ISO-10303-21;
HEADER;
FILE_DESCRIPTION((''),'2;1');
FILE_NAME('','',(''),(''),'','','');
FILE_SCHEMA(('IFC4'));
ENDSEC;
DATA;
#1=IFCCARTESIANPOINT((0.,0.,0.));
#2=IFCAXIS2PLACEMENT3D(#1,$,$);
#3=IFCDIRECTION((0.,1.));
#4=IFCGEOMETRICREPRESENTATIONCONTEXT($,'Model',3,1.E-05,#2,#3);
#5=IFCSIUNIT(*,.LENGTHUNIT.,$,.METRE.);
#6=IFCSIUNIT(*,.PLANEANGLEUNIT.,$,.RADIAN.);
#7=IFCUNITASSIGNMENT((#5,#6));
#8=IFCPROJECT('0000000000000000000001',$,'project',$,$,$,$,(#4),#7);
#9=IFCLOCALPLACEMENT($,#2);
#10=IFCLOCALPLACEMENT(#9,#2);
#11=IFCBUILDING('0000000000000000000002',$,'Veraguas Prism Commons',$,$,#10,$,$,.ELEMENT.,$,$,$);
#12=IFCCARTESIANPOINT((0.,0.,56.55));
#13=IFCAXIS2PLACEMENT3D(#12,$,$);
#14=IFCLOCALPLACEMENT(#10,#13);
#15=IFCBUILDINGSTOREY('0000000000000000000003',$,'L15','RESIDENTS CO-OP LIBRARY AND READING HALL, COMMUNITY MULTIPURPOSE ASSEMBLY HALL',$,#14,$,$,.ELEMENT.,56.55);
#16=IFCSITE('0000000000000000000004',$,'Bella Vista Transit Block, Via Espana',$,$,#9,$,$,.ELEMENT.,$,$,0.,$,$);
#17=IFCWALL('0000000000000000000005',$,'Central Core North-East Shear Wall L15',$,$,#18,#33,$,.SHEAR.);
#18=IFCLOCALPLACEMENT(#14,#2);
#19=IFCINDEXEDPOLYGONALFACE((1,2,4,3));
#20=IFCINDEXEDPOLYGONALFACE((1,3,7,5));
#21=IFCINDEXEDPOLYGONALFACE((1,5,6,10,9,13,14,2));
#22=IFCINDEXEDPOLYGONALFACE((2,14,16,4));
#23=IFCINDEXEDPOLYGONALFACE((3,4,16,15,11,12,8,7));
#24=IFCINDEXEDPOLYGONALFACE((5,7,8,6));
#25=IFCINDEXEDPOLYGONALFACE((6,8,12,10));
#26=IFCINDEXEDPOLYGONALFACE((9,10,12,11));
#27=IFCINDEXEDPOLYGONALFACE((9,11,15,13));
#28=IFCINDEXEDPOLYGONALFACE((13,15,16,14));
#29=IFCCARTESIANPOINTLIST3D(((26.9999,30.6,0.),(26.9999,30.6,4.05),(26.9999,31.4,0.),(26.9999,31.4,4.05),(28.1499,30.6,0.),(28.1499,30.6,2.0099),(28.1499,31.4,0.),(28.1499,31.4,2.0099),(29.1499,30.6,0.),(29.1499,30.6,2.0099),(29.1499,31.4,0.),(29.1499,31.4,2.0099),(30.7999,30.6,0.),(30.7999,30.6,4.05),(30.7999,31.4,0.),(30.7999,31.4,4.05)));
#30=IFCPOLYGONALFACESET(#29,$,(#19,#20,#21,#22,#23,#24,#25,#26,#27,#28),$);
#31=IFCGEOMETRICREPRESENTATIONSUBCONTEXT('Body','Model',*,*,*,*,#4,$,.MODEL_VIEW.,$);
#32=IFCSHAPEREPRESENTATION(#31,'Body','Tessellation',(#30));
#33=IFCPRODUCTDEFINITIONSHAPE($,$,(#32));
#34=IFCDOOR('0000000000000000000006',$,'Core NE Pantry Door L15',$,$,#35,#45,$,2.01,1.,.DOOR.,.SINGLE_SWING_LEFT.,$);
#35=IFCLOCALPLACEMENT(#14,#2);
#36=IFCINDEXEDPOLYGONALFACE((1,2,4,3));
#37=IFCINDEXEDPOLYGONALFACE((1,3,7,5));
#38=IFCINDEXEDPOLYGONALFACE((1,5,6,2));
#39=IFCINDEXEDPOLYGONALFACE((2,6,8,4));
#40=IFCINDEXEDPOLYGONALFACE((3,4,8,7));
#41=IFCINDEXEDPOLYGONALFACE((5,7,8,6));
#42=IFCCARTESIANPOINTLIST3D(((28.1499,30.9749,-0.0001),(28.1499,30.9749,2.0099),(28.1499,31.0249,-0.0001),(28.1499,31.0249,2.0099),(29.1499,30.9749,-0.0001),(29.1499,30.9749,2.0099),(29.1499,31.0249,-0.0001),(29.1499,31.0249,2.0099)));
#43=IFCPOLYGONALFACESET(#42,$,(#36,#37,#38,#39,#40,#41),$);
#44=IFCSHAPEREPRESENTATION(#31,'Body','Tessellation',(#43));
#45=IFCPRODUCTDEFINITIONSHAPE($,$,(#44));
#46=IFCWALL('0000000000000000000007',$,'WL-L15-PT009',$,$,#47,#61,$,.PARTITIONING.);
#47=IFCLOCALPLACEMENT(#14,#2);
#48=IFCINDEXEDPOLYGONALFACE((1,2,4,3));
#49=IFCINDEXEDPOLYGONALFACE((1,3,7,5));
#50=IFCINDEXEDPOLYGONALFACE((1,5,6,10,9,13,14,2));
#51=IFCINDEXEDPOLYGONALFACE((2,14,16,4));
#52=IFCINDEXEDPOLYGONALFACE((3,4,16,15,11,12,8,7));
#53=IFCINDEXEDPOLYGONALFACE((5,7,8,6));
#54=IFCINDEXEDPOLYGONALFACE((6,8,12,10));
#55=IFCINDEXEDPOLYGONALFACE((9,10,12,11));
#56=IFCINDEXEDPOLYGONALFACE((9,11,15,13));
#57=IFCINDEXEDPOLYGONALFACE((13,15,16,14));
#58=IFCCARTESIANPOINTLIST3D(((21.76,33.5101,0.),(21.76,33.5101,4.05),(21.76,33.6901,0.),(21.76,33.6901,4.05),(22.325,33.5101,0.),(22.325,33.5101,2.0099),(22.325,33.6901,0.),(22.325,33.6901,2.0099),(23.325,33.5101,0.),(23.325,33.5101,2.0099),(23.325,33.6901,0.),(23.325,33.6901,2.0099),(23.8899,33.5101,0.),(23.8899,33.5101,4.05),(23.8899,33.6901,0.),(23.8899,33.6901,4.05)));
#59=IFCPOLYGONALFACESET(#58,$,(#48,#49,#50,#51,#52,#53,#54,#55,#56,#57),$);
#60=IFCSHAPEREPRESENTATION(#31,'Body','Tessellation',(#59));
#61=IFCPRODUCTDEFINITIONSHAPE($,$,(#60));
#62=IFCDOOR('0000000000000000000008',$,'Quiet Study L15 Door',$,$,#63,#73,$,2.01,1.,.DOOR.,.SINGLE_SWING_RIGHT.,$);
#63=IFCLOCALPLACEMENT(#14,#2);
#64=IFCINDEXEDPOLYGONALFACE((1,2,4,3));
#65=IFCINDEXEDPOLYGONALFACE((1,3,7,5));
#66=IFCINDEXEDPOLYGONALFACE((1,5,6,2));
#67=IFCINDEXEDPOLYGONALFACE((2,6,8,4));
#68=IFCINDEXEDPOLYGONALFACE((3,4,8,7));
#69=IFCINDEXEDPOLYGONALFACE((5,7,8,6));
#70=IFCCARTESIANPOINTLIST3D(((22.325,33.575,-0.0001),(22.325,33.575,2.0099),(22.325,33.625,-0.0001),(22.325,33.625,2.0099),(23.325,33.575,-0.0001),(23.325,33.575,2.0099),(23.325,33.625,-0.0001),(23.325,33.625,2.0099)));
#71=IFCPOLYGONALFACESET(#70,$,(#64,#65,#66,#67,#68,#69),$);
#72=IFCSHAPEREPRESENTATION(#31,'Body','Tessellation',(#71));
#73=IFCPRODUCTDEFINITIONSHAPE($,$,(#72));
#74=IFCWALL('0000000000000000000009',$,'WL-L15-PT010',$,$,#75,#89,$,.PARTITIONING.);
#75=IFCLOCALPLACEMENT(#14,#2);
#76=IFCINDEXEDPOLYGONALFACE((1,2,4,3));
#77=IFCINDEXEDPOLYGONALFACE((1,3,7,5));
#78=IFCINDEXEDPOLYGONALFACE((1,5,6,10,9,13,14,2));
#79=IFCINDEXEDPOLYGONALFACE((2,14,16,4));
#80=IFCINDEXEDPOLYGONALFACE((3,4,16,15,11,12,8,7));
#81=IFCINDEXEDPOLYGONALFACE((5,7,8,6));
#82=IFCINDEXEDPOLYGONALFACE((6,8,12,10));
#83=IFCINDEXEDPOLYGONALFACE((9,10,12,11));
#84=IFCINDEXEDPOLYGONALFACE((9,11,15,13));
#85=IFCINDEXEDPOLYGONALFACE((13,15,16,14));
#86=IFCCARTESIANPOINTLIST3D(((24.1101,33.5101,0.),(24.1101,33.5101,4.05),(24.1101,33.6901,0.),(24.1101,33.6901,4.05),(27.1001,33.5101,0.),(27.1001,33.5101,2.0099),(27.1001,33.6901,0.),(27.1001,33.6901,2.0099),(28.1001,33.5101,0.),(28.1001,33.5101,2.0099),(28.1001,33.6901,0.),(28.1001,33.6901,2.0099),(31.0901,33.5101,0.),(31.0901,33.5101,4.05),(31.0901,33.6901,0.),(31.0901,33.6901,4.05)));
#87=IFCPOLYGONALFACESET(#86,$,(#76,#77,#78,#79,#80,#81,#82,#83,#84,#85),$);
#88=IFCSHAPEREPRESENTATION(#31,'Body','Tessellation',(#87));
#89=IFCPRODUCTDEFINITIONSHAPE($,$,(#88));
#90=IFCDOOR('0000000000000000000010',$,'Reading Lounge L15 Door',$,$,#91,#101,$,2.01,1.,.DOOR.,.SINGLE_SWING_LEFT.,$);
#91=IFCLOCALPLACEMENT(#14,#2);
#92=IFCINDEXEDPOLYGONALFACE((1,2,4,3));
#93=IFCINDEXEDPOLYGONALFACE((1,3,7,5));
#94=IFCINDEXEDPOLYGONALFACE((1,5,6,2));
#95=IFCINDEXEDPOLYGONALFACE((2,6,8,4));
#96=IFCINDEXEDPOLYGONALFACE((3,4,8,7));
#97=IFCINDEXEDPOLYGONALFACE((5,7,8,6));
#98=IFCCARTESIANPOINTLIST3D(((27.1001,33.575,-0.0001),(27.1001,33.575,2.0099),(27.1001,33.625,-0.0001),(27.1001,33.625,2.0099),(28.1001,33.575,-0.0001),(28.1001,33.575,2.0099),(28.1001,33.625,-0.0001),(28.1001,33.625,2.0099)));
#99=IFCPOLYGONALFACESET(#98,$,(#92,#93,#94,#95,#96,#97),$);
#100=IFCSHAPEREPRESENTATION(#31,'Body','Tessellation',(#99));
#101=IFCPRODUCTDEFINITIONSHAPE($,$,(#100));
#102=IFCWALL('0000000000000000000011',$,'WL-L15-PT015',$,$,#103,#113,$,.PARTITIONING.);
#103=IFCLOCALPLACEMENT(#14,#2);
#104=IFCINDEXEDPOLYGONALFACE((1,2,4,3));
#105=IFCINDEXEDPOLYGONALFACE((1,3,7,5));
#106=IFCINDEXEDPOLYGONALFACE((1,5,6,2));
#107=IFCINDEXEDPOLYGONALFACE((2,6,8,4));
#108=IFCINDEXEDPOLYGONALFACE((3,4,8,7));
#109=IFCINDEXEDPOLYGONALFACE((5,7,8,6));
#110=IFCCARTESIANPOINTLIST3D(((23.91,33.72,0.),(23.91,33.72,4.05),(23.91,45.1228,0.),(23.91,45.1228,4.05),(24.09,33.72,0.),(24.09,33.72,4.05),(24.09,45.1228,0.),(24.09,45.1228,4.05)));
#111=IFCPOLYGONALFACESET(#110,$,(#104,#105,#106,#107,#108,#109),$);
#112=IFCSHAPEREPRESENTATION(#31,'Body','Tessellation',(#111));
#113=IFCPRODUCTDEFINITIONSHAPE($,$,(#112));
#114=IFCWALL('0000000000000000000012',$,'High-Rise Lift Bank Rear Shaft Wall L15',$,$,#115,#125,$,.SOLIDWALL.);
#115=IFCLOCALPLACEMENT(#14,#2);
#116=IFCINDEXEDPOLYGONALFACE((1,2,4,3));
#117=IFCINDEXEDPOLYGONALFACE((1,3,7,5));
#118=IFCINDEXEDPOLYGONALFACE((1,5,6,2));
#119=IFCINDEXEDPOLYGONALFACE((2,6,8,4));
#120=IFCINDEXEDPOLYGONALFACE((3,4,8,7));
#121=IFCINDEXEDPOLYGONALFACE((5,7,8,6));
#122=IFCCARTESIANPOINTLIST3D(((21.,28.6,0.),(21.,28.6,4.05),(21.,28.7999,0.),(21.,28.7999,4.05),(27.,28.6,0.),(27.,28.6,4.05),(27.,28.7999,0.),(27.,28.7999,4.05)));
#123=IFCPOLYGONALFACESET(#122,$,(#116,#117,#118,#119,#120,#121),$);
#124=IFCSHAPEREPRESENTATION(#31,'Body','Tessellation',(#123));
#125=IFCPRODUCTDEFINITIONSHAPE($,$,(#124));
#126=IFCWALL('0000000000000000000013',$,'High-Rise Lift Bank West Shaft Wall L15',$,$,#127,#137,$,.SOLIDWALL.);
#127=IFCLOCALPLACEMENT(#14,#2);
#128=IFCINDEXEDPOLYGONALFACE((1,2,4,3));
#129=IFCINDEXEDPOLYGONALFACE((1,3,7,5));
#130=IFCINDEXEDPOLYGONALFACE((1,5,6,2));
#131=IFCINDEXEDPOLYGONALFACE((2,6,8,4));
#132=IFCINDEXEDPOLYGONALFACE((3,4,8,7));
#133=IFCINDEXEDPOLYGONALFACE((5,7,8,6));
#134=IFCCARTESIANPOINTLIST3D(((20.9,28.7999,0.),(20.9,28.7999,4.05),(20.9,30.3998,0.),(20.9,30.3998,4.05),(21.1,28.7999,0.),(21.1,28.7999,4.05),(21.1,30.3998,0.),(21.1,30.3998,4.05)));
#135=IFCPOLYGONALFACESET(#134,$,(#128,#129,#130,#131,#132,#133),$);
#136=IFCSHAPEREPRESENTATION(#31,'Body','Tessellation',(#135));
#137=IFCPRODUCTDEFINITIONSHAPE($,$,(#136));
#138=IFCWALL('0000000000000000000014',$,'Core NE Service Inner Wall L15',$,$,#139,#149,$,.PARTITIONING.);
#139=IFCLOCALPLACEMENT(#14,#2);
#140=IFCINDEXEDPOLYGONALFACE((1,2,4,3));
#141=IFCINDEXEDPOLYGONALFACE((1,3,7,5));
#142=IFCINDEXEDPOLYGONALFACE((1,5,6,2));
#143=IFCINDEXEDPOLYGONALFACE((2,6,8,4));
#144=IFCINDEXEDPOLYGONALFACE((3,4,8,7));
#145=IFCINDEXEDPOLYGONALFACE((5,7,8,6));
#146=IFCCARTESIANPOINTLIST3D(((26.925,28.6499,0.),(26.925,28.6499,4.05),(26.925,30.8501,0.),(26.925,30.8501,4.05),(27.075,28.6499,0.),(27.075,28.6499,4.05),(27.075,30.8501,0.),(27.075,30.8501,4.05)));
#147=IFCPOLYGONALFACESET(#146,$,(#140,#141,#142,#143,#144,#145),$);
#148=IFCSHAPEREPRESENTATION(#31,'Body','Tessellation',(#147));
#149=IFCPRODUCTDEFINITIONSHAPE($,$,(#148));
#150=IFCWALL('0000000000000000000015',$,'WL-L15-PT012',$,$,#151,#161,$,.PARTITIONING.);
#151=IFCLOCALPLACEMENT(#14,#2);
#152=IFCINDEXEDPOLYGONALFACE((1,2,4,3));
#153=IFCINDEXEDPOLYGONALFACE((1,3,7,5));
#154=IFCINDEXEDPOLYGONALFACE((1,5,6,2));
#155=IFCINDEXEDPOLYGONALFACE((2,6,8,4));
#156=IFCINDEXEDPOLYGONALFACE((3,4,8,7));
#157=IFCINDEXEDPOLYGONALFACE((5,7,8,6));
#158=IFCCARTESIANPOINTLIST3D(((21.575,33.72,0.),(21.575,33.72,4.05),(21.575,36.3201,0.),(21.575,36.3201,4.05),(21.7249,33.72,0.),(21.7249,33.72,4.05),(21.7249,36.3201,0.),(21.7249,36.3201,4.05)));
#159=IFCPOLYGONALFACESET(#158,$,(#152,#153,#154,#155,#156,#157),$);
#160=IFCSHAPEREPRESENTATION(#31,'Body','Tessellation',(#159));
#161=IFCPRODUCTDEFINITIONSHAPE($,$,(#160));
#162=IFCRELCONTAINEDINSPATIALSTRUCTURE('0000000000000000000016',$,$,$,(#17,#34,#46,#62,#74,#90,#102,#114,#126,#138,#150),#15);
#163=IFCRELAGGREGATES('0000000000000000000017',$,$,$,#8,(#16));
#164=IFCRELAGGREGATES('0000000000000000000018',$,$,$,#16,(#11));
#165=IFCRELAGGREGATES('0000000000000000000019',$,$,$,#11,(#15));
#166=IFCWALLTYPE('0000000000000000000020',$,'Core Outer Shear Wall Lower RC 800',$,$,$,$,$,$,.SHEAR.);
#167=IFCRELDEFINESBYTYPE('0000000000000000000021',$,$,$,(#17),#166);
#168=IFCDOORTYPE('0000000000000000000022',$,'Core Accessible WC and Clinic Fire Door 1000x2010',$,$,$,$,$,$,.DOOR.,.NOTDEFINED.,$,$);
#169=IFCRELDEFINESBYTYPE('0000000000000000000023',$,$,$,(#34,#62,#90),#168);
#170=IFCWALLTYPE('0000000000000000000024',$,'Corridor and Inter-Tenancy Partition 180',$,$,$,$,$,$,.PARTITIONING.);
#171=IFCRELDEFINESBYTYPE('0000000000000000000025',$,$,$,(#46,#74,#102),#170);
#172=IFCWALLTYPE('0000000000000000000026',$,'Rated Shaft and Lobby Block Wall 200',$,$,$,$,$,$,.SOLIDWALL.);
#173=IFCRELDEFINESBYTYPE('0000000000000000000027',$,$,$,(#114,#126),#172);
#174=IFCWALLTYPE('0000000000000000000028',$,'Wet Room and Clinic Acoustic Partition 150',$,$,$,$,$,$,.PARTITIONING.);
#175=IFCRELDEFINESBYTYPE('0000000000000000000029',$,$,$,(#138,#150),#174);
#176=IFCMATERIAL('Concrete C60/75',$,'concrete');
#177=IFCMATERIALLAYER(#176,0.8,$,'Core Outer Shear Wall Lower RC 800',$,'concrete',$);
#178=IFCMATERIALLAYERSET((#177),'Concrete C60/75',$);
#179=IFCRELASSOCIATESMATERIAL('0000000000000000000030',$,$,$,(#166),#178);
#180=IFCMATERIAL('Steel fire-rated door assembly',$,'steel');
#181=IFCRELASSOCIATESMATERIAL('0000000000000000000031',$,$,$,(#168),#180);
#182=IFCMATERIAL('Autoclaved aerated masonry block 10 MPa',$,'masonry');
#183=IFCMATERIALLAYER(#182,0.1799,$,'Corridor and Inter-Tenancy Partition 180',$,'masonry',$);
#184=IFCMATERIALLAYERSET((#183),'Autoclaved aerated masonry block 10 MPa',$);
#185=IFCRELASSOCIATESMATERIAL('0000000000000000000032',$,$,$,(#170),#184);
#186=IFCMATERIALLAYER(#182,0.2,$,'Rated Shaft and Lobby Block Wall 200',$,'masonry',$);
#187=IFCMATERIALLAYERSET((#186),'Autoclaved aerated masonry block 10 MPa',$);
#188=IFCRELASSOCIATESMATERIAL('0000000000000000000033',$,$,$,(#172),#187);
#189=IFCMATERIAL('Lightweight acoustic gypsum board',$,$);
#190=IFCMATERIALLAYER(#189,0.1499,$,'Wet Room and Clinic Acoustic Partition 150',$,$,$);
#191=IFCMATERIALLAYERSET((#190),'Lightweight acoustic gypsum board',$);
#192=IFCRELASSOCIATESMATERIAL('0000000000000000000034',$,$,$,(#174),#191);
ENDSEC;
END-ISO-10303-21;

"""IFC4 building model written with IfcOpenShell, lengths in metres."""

from ifc_helpers import new_model, si_unit, direction, frame, frame_2d, origin, place, context, subcontext, project, spatial, rectangle, extrude, source, transform, mapped, material, layer, layer_set, type_object, element, fill, save


model = new_model("IFC4")

# Units and contexts
model_context = context("Model", 3, precision=1e-05, world=origin(), true_north=direction((0.0, 1.0)))
body_context = subcontext(model_context, "Body", "Model", "MODEL_VIEW")
ifc_project = project(units=[si_unit("LENGTHUNIT", "METRE"), si_unit("PLANEANGLEUNIT", "RADIAN")], contexts=[model_context])

# Site, building, storey
site_placement = place(None, origin())
site = spatial("IfcSite", under=ifc_project, at=site_placement, Name="Bella Vista Transit Block, Via Espana", CompositionType="ELEMENT", RefElevation=0.0)
building_placement = place(site_placement, origin())
building = spatial("IfcBuilding", under=site, at=building_placement, Name="Veraguas Prism Commons", CompositionType="ELEMENT")
storey_placement = place(building_placement, frame((0.0, 0.0, 56.55)))
storey = spatial("IfcBuildingStorey", under=building, at=storey_placement, Name="L15", Description="RESIDENTS CO-OP LIBRARY AND READING HALL, COMMUNITY MULTIPURPOSE ASSEMBLY HALL", CompositionType="ELEMENT", Elevation=56.55)

# Shared definitions
ifc_material_1 = material(Name="Concrete C60/75", Category="concrete")

# Walls, openings, doors
ifc_layer_1 = layer(ifc_material_1, 0.8, Name="Core Outer Shear Wall Lower RC 800", Category="concrete")
ifc_layer_set_1 = layer_set([ifc_layer_1], Name="Concrete C60/75")
wall_type_1 = type_object("IfcWallType", Name="Core Outer Shear Wall Lower RC 800", PredefinedType="SHEAR", material=ifc_layer_set_1)
wall_1_placement = place(storey_placement, frame((27.0, 31.0, 0.0), z_axis=(0.0, 0.0, 1.0), x_axis=(1.0, 0.0, 0.0)))
wall_1 = element("IfcWall", 1, at=wall_1_placement, inside=storey, type_object=wall_type_1, Name="Central Core North-East Shear Wall L15", PredefinedType="SHEAR", context=body_context, shape_type="SweptSolid", body=[
    extrude(rectangle(XDim=3.8, YDim=0.8, at=frame_2d((1.8999, 0.0))), origin(), (0.0, 0.0, 1.0), 4.05),
])
opening_1_placement = place(wall_1_placement, frame((1.1499, 0.0, 0.0)))
opening_1 = element("IfcOpeningElement", 2, at=opening_1_placement, cuts=wall_1, PredefinedType="OPENING", context=body_context, shape_type="SweptSolid", body=[
    extrude(rectangle(XDim=1.0, YDim=2.01, at=frame_2d((0.5, 1.0049))), frame((0.0, 0.4099, 0.0), z_axis=(0.0, -1.0, 0.0), x_axis=(1.0, 0.0, 0.0)), (0.0, 0.0, 1.0), 0.8201),
])
ifc_material_2 = material(Name="Steel fire-rated door assembly", Category="steel")
door_type = type_object("IfcDoorType", Name="Core Accessible WC and Clinic Fire Door 1000x2010", OperationType="NOTDEFINED", PredefinedType="DOOR", material=ifc_material_2)
shared_shape_1 = source(origin(), body_context, "Body", "SweptSolid", [
    extrude(rectangle(XDim=1.0, YDim=2.01, at=frame_2d((0.5, 1.0049))), frame((0.0, 0.0249, 0.0), z_axis=(0.0, -1.0, 0.0), x_axis=(1.0, 0.0, 0.0)), (0.0, 0.0, 1.0), 0.05),
])
door_1_placement = place(opening_1_placement, origin())
door_1 = element("IfcDoor", 3, at=door_1_placement, inside=storey, type_object=door_type, Name="Core NE Pantry Door L15", OperationType="SINGLE_SWING_LEFT", OverallHeight=2.01, OverallWidth=1.0, PredefinedType="DOOR", context=body_context, shape_type="MappedRepresentation", body=[
    mapped(shared_shape_1, transform((0.0, 0.0, 0.0), scale=1.0)),
])
fill(opening_1, door_1)
ifc_material_3 = material(Name="Autoclaved aerated masonry block 10 MPa", Category="masonry")
ifc_layer_2 = layer(ifc_material_3, 0.1799, Name="Corridor and Inter-Tenancy Partition 180", Category="masonry")
ifc_layer_set_2 = layer_set([ifc_layer_2], Name="Autoclaved aerated masonry block 10 MPa")
wall_type_2 = type_object("IfcWallType", Name="Corridor and Inter-Tenancy Partition 180", PredefinedType="PARTITIONING", material=ifc_layer_set_2)
wall_2_placement = place(storey_placement, frame((21.76, 33.6001, 0.0), z_axis=(0.0, 0.0, 1.0), x_axis=(1.0, 0.0, 0.0)))
wall_2 = element("IfcWall", 4, at=wall_2_placement, inside=storey, type_object=wall_type_2, Name="WL-L15-PT009", PredefinedType="PARTITIONING", context=body_context, shape_type="SweptSolid", body=[
    extrude(rectangle(XDim=2.1299, YDim=0.1799, at=frame_2d((1.0649, 0.0))), origin(), (0.0, 0.0, 1.0), 4.05),
])
opening_2_placement = place(wall_2_placement, frame((0.5649, 0.0, 0.0)))
opening_2 = element("IfcOpeningElement", 5, at=opening_2_placement, cuts=wall_2, PredefinedType="OPENING", context=body_context, shape_type="SweptSolid", body=[
    extrude(rectangle(XDim=1.0, YDim=2.01, at=frame_2d((0.5, 1.0049))), frame((0.0, 0.0999, 0.0), z_axis=(0.0, -1.0, 0.0), x_axis=(1.0, 0.0, 0.0)), (0.0, 0.0, 1.0), 0.2),
])
door_2_placement = place(opening_2_placement, origin())
door_2 = element("IfcDoor", 6, at=door_2_placement, inside=storey, type_object=door_type, Name="Quiet Study L15 Door", OperationType="SINGLE_SWING_RIGHT", OverallHeight=2.01, OverallWidth=1.0, PredefinedType="DOOR", context=body_context, shape_type="MappedRepresentation", body=[
    mapped(shared_shape_1, transform((0.0, 0.0, 0.0), scale=1.0)),
])
fill(opening_2, door_2)
wall_3_placement = place(storey_placement, frame((24.1101, 33.6001, 0.0), z_axis=(0.0, 0.0, 1.0), x_axis=(1.0, 0.0, 0.0)))
wall_3 = element("IfcWall", 7, at=wall_3_placement, inside=storey, type_object=wall_type_2, Name="WL-L15-PT010", PredefinedType="PARTITIONING", context=body_context, shape_type="SweptSolid", body=[
    extrude(rectangle(XDim=6.98, YDim=0.1799, at=frame_2d((3.49, 0.0))), origin(), (0.0, 0.0, 1.0), 4.05),
])
opening_3_placement = place(wall_3_placement, frame((2.99, 0.0, 0.0)))
opening_3 = element("IfcOpeningElement", 8, at=opening_3_placement, cuts=wall_3, PredefinedType="OPENING", context=body_context, shape_type="SweptSolid", body=[
    extrude(rectangle(XDim=1.0, YDim=2.01, at=frame_2d((0.5, 1.0049))), frame((0.0, 0.0999, 0.0), z_axis=(0.0, -1.0, 0.0), x_axis=(1.0, 0.0, 0.0)), (0.0, 0.0, 1.0), 0.2),
])
door_3_placement = place(opening_3_placement, origin())
door_3 = element("IfcDoor", 9, at=door_3_placement, inside=storey, type_object=door_type, Name="Reading Lounge L15 Door", OperationType="SINGLE_SWING_LEFT", OverallHeight=2.01, OverallWidth=1.0, PredefinedType="DOOR", context=body_context, shape_type="MappedRepresentation", body=[
    mapped(shared_shape_1, transform((0.0, 0.0, 0.0), scale=1.0)),
])
fill(opening_3, door_3)

# Walls
wall_4_placement = place(storey_placement, frame((24.0, 33.72, 0.0), z_axis=(0.0, 0.0, 1.0), x_axis=(0.0, 1.0, 0.0)))
element("IfcWall", 10, at=wall_4_placement, inside=storey, type_object=wall_type_2, Name="WL-L15-PT015", PredefinedType="PARTITIONING", context=body_context, shape_type="SweptSolid", body=[
    extrude(rectangle(XDim=11.4028, YDim=0.1799, at=frame_2d((5.7014, 0.0))), origin(), (0.0, 0.0, 1.0), 4.05),
])
ifc_layer_3 = layer(ifc_material_3, 0.2, Name="Rated Shaft and Lobby Block Wall 200", Category="masonry")
ifc_layer_set_3 = layer_set([ifc_layer_3], Name="Autoclaved aerated masonry block 10 MPa")
wall_type_3 = type_object("IfcWallType", Name="Rated Shaft and Lobby Block Wall 200", PredefinedType="SOLIDWALL", material=ifc_layer_set_3)
wall_5_placement = place(storey_placement, frame((21.0, 28.7, 0.0), z_axis=(0.0, 0.0, 1.0), x_axis=(1.0, 0.0, 0.0)))
element("IfcWall", 11, at=wall_5_placement, inside=storey, type_object=wall_type_3, Name="High-Rise Lift Bank Rear Shaft Wall L15", PredefinedType="SOLIDWALL", context=body_context, shape_type="SweptSolid", body=[
    extrude(rectangle(XDim=6.0, YDim=0.2, at=frame_2d((3.0, 0.0))), origin(), (0.0, 0.0, 1.0), 4.05),
])
wall_6_placement = place(storey_placement, frame((21.0, 28.8, 0.0), z_axis=(0.0, 0.0, 1.0), x_axis=(0.0, 1.0, 0.0)))
element("IfcWall", 12, at=wall_6_placement, inside=storey, type_object=wall_type_3, Name="High-Rise Lift Bank West Shaft Wall L15", PredefinedType="SOLIDWALL", context=body_context, shape_type="SweptSolid", body=[
    extrude(rectangle(XDim=1.5999, YDim=0.2, at=frame_2d((0.7998, 0.0))), origin(), (0.0, 0.0, 1.0), 4.05),
])
ifc_material_4 = material(Name="Lightweight acoustic gypsum board")
ifc_layer_4 = layer(ifc_material_4, 0.1499, Name="Wet Room and Clinic Acoustic Partition 150")
ifc_layer_set_4 = layer_set([ifc_layer_4], Name="Lightweight acoustic gypsum board")
wall_type_4 = type_object("IfcWallType", Name="Wet Room and Clinic Acoustic Partition 150", PredefinedType="PARTITIONING", material=ifc_layer_set_4)
wall_7_placement = place(storey_placement, frame((27.0, 28.6499, 0.0), z_axis=(0.0, 0.0, 1.0), x_axis=(0.0, 1.0, 0.0)))
element("IfcWall", 13, at=wall_7_placement, inside=storey, type_object=wall_type_4, Name="Core NE Service Inner Wall L15", PredefinedType="PARTITIONING", context=body_context, shape_type="SweptSolid", body=[
    extrude(rectangle(XDim=2.2002, YDim=0.1499, at=frame_2d((1.1001, 0.0))), origin(), (0.0, 0.0, 1.0), 4.05),
])
wall_8_placement = place(storey_placement, frame((21.6499, 33.72, 0.0), z_axis=(0.0, 0.0, 1.0), x_axis=(0.0, 1.0, 0.0)))
element("IfcWall", 14, at=wall_8_placement, inside=storey, type_object=wall_type_4, Name="WL-L15-PT012", PredefinedType="PARTITIONING", context=body_context, shape_type="SweptSolid", body=[
    extrude(rectangle(XDim=2.6001, YDim=0.1499, at=frame_2d((1.3, 0.0))), origin(), (0.0, 0.0, 1.0), 4.05),
])

save(model, "model.ifc")
